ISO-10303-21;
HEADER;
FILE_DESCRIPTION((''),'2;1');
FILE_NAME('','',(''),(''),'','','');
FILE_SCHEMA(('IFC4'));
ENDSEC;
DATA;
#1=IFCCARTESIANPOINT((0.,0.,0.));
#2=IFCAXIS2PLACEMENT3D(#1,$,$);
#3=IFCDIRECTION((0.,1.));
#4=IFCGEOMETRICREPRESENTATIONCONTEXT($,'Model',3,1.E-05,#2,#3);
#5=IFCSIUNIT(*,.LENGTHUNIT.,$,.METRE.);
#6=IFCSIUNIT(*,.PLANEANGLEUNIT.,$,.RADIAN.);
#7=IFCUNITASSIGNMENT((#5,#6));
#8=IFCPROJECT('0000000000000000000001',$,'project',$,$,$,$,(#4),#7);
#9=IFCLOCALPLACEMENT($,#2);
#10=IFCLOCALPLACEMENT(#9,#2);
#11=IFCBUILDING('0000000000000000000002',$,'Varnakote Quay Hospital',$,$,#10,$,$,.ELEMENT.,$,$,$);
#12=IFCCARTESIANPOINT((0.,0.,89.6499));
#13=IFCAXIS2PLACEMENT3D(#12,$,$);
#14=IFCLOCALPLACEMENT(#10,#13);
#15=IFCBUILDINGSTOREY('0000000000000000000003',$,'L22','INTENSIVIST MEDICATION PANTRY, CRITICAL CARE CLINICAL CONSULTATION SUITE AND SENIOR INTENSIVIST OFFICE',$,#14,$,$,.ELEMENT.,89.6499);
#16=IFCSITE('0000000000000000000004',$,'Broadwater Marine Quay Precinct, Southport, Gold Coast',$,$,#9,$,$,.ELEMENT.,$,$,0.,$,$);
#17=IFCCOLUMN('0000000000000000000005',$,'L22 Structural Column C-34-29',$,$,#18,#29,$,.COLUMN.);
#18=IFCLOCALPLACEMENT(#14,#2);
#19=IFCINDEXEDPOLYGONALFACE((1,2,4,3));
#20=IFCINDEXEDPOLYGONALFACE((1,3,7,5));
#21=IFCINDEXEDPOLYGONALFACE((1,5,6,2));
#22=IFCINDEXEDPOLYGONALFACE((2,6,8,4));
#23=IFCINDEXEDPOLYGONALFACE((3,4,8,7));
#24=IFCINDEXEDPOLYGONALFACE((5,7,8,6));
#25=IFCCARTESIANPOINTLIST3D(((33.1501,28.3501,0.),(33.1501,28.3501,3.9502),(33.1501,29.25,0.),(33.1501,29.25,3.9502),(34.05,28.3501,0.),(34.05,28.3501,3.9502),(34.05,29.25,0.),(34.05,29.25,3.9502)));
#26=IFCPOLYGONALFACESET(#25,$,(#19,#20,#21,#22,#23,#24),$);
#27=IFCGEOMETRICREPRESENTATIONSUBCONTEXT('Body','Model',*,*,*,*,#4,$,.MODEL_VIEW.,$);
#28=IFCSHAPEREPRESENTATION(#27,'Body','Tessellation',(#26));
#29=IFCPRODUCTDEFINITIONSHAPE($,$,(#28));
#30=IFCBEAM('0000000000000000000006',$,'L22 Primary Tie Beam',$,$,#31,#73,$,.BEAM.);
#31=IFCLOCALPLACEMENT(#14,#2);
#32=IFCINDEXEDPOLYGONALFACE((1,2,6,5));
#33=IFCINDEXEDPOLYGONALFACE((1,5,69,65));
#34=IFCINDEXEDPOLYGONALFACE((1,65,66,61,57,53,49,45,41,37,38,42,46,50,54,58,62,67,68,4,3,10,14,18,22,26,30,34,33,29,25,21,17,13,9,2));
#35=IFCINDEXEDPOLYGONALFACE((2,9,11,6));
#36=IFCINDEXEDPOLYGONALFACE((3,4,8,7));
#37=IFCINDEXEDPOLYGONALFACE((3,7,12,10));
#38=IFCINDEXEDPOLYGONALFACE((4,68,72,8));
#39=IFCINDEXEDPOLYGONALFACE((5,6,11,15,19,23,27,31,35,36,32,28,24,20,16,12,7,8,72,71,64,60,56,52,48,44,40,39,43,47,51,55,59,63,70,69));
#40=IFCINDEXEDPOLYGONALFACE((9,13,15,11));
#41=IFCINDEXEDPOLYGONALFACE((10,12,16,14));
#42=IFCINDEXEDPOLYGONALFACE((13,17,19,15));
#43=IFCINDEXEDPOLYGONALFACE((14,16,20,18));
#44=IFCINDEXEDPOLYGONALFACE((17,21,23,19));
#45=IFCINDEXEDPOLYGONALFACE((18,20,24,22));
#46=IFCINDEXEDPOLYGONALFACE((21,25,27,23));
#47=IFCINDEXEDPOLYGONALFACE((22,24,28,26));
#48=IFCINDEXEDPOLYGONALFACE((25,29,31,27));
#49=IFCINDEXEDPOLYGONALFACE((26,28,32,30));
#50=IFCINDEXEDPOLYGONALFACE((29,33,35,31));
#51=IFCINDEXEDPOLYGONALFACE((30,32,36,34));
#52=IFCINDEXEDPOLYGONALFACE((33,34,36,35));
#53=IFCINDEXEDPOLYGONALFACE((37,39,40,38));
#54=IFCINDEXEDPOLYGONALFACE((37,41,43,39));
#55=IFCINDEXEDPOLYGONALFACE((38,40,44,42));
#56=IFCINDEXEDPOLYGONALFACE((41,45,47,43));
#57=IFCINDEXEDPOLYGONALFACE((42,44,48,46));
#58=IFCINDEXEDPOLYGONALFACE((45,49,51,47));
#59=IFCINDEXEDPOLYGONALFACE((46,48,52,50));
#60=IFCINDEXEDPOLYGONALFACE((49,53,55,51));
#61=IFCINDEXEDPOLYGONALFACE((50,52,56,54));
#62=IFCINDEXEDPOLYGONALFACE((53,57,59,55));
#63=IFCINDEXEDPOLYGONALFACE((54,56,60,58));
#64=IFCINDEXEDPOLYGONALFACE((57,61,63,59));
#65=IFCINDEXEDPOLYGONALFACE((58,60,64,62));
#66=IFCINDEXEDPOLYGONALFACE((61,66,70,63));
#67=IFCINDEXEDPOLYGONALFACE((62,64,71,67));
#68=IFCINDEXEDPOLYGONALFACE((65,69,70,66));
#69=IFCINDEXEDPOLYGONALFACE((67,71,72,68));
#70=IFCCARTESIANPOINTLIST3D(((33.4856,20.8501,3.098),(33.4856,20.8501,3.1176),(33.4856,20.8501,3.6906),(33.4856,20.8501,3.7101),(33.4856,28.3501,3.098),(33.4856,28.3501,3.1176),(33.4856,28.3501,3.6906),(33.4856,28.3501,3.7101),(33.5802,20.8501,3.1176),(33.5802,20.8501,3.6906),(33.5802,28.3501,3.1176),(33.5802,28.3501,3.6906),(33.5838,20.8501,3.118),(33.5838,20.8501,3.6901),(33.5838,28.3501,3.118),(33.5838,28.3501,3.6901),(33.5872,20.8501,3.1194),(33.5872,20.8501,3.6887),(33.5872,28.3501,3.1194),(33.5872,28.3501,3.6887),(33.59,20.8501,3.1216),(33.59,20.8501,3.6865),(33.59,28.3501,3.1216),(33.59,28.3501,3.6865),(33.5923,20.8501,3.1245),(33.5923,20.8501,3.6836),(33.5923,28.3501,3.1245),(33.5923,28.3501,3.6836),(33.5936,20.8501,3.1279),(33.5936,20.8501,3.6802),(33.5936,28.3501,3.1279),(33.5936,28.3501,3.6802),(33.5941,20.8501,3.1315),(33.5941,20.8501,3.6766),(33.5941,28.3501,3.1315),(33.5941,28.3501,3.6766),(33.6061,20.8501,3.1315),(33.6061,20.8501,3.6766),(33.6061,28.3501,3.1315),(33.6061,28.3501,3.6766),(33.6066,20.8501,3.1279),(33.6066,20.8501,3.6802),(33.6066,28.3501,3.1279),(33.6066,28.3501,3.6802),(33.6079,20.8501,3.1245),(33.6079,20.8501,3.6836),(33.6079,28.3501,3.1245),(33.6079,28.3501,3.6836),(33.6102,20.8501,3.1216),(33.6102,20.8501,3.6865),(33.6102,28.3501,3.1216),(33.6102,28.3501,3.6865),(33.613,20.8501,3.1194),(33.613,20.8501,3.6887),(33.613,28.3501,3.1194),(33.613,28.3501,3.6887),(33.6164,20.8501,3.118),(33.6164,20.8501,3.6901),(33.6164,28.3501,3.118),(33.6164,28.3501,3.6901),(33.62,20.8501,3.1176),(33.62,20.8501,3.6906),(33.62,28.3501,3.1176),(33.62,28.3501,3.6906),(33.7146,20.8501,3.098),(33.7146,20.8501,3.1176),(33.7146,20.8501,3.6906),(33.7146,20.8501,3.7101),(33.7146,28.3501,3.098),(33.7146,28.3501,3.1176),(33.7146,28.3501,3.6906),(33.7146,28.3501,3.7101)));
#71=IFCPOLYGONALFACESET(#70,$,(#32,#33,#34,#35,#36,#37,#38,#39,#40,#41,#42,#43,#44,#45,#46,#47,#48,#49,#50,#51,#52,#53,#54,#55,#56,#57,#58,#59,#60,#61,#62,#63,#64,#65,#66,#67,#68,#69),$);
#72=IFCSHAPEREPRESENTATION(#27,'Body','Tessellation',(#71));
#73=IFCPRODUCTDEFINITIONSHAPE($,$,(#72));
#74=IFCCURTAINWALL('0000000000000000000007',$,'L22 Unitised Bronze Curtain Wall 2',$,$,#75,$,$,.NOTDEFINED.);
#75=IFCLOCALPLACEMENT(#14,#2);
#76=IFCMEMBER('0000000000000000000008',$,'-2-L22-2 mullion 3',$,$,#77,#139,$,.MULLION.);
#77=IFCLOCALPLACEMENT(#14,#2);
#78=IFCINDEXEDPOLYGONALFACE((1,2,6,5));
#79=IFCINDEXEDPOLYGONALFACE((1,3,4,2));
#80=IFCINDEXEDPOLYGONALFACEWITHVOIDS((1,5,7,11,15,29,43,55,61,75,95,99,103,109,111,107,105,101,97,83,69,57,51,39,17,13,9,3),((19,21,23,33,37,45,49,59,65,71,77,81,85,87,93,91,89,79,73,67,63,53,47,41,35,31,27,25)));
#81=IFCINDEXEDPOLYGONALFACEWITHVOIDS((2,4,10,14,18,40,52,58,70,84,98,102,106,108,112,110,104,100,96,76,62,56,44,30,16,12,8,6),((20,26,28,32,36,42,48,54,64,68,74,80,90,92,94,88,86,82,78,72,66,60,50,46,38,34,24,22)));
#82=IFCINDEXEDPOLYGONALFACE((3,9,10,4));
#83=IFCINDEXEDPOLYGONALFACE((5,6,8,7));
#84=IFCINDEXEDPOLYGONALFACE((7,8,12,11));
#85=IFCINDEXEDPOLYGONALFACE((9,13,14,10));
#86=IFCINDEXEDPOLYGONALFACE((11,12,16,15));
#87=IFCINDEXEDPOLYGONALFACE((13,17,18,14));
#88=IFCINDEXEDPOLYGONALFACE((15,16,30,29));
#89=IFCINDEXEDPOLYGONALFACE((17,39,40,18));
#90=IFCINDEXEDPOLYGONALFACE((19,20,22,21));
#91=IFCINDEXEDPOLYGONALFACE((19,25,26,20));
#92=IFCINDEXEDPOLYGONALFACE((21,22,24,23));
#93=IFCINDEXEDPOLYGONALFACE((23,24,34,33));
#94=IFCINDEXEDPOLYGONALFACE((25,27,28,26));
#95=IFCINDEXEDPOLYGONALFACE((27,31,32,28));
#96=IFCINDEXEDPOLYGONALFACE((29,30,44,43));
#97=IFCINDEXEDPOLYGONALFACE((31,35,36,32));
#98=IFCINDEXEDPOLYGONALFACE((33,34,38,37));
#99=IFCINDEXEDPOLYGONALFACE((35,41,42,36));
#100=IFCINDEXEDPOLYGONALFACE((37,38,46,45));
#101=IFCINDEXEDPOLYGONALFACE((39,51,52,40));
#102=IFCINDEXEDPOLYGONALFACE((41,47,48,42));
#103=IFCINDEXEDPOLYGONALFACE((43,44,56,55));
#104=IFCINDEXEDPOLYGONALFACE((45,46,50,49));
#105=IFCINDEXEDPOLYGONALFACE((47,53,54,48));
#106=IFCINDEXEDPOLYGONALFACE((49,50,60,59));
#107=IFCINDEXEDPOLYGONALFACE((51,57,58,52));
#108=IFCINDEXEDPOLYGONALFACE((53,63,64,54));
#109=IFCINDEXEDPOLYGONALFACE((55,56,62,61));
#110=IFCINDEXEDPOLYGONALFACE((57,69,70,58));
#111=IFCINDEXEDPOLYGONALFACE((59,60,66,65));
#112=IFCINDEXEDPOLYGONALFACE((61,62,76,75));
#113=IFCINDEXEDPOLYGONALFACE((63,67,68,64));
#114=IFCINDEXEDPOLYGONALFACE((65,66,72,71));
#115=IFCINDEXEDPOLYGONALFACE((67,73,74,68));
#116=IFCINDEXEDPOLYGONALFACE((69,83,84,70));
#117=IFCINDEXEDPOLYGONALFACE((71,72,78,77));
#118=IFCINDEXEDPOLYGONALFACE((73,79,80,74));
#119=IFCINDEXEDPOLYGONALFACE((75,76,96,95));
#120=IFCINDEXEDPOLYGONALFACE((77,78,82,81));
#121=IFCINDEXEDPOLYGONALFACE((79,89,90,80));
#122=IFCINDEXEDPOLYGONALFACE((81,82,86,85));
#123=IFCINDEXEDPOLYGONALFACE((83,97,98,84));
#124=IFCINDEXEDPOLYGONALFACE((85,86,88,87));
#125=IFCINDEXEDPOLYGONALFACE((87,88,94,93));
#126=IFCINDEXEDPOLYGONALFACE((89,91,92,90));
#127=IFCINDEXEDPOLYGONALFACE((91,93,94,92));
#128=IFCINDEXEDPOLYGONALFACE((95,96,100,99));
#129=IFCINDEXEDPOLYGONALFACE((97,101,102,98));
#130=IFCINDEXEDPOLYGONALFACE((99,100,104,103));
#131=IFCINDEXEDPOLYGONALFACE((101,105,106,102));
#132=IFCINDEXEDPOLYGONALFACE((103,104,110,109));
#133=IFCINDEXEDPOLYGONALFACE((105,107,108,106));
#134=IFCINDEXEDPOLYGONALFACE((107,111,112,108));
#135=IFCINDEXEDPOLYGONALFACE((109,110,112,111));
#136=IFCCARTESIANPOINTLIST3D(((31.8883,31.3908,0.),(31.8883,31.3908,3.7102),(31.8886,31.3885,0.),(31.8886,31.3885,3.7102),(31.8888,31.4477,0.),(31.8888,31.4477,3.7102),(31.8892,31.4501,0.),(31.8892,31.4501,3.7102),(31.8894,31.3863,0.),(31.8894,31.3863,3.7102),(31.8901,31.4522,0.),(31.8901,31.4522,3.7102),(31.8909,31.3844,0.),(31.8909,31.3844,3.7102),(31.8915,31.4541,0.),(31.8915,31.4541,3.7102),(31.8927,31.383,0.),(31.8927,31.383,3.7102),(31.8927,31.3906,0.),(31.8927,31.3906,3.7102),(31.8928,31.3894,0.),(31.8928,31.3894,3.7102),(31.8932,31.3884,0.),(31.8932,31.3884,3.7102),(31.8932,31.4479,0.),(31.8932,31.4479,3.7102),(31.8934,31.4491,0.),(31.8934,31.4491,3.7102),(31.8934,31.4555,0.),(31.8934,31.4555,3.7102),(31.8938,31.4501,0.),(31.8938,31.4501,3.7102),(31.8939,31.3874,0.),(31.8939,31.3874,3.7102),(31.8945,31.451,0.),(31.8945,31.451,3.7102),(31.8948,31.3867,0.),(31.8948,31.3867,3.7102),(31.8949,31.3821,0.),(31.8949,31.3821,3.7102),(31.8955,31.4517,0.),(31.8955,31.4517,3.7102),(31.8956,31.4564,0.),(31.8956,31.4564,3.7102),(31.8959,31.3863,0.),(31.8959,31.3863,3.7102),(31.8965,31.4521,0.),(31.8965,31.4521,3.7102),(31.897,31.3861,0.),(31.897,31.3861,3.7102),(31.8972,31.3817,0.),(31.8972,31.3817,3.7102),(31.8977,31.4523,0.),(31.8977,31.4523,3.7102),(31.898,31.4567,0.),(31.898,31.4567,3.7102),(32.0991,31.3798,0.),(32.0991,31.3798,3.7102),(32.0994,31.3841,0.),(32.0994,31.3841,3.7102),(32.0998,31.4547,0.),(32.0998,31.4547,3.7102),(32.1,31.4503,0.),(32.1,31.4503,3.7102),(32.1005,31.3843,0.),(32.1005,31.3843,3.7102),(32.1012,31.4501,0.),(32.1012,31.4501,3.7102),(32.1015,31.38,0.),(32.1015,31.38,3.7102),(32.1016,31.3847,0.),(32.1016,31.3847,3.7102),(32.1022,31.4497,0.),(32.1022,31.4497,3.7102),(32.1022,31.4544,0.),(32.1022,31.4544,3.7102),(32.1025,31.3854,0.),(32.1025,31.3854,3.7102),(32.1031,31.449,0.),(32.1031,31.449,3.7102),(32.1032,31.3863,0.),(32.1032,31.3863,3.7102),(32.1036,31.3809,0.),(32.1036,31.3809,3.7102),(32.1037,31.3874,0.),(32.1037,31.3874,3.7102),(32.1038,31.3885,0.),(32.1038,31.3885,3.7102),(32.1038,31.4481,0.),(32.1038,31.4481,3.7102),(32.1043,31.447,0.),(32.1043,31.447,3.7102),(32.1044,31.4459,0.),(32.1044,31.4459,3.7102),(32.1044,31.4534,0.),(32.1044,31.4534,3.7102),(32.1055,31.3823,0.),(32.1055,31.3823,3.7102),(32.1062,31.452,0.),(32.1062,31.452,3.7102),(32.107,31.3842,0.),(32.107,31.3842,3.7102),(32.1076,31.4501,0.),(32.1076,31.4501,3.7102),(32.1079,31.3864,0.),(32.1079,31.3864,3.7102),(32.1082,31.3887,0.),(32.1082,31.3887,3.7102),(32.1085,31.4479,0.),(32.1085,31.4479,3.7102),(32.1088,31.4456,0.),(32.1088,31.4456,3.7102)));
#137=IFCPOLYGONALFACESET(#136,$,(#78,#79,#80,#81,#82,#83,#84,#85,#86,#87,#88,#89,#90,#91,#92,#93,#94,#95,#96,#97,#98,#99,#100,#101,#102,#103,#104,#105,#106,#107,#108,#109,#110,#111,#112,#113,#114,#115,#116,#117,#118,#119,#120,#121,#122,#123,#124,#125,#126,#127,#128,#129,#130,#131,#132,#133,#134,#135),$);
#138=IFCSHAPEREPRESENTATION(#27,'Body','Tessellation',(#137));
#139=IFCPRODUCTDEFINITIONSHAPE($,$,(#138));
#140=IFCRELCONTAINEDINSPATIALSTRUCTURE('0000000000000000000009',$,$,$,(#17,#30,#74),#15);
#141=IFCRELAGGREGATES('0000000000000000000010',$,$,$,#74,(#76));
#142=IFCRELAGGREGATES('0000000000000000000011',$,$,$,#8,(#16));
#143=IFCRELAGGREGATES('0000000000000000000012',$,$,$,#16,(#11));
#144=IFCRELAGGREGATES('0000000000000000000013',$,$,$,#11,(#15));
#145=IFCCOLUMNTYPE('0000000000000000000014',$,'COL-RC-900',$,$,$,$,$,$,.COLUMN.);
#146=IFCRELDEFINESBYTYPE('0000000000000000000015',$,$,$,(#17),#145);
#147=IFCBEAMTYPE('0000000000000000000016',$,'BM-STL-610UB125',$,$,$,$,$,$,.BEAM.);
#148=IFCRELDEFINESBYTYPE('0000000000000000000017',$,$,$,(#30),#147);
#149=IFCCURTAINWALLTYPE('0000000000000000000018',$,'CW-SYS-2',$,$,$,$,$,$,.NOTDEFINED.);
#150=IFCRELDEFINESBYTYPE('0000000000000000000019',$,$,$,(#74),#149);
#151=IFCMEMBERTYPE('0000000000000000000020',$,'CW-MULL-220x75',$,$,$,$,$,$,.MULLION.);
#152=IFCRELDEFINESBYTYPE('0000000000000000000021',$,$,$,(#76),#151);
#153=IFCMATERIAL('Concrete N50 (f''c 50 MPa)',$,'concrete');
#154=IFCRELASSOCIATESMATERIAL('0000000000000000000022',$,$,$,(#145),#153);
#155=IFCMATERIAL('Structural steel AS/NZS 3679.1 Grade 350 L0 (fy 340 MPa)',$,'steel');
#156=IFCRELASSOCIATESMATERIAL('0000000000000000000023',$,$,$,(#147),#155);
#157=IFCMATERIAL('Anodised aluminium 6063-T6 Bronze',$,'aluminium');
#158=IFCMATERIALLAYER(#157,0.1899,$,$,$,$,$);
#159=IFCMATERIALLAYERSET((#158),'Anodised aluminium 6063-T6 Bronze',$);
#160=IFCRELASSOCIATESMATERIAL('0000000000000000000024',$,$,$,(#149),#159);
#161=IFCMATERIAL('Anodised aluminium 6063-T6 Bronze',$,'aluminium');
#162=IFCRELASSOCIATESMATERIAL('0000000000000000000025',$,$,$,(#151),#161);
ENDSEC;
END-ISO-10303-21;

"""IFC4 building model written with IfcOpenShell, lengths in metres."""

from ifc_helpers import new_model, si_unit, direction, frame, origin, origin_2d, place, context, subcontext, project, spatial, rectangle, hollow_rectangle, i_section, extrude, material, layer, layer_set, material_profile, profile_set, type_object, element, aggregate, save


model = new_model("IFC4")

# Units and contexts
model_context = context("Model", 3, precision=1e-05, world=origin(), true_north=direction((0.0, 1.0)))
body_context = subcontext(model_context, "Body", "Model", "MODEL_VIEW")
ifc_project = project(units=[si_unit("LENGTHUNIT", "METRE"), si_unit("PLANEANGLEUNIT", "RADIAN")], contexts=[model_context])

# Site, building, storey
site_placement = place(None, origin())
site = spatial("IfcSite", under=ifc_project, at=site_placement, Name="Broadwater Marine Quay Precinct, Southport, Gold Coast", CompositionType="ELEMENT", RefElevation=0.0)
building_placement = place(site_placement, origin())
building = spatial("IfcBuilding", under=site, at=building_placement, Name="Varnakote Quay Hospital", CompositionType="ELEMENT")
storey_placement = place(building_placement, frame((0.0, 0.0, 89.6499)))
storey = spatial("IfcBuildingStorey", under=building, at=storey_placement, Name="L22", Description="INTENSIVIST MEDICATION PANTRY, CRITICAL CARE CLINICAL CONSULTATION SUITE AND SENIOR INTENSIVIST OFFICE", CompositionType="ELEMENT", Elevation=89.6499)

# Column
ifc_material_1 = material(Name="Concrete N50 (f'c 50 MPa)", Category="concrete")
ifc_material_profile_1 = material_profile(ifc_material_1, rectangle(XDim=0.8999, YDim=0.8999, at=origin_2d()), Name="RC-COL-900x900")
ifc_profile_set_1 = profile_set([ifc_material_profile_1], Name="Concrete N50 (f'c 50 MPa)")
column_type = type_object("IfcColumnType", Name="COL-RC-900", PredefinedType="COLUMN", material=ifc_profile_set_1)
column_placement = place(storey_placement, frame((33.6001, 28.8, 0.0), z_axis=(0.0, 0.0, 1.0), x_axis=(1.0, 0.0, 0.0)))
element("IfcColumn", 1, at=column_placement, inside=storey, type_object=column_type, Name="L22 Structural Column C-34-29", PredefinedType="COLUMN", context=body_context, shape_type="SweptSolid", body=[
    extrude(rectangle(XDim=0.8999, YDim=0.8999, at=origin_2d()), origin(), (0.0, 0.0, 1.0), 3.9502),
])

# Beam
ifc_material_2 = material(Name="Structural steel AS/NZS 3679.1 Grade 350 L0 (fy 340 MPa)", Category="steel")
ifc_material_profile_2 = material_profile(ifc_material_2, i_section(OverallWidth=0.229, OverallDepth=0.6121, WebThickness=0.012, FlangeThickness=0.0195, FilletRadius=0.0139, at=origin_2d()), Name="610UB125")
ifc_profile_set_2 = profile_set([ifc_material_profile_2], Name="Structural steel AS/NZS 3679.1 Grade 350 L0 (fy 340 MPa)")
beam_type_1 = type_object("IfcBeamType", Name="BM-STL-610UB125", PredefinedType="BEAM", material=ifc_profile_set_2)
beam_1_placement = place(storey_placement, frame((33.6001, 20.8501, 3.4041), z_axis=(0.0, 1.0, 0.0), x_axis=(-1.0, 0.0, 0.0)))
element("IfcBeam", 2, at=beam_1_placement, inside=storey, type_object=beam_type_1, Name="L22 Primary Tie Beam", PredefinedType="BEAM", context=body_context, shape_type="SweptSolid", body=[
    extrude(i_section(OverallWidth=0.229, OverallDepth=0.6121, WebThickness=0.012, FlangeThickness=0.0195, FilletRadius=0.0139, at=origin_2d()), origin(), (0.0, 0.0, 1.0), 7.5),
])

# Curtain wall, member
ifc_material_3 = material(Name="Anodised aluminium 6063-T6 Bronze", Category="aluminium")
ifc_layer_1 = layer(ifc_material_3, 0.1899)
ifc_layer_set_1 = layer_set([ifc_layer_1], Name="Anodised aluminium 6063-T6 Bronze")
curtain_wall_type = type_object("IfcCurtainWallType", Name="CW-SYS-2", PredefinedType="NOTDEFINED", material=ifc_layer_set_1)
curtain_wall_placement = place(storey_placement, origin())
curtain_wall = element("IfcCurtainWall", 3, at=curtain_wall_placement, inside=storey, type_object=curtain_wall_type, Name="L22 Unitised Bronze Curtain Wall 2", PredefinedType="NOTDEFINED")
ifc_material_4 = material(Name="Anodised aluminium 6063-T6 Bronze", Category="aluminium")
ifc_material_profile_3 = material_profile(ifc_material_4, hollow_rectangle(XDim=0.075, YDim=0.22, WallThickness=0.0044, InnerFilletRadius=0.0044, OuterFilletRadius=0.009, at=origin_2d()), Name="CW-MULL-220x75")
ifc_profile_set_3 = profile_set([ifc_material_profile_3], Name="Anodised aluminium 6063-T6 Bronze")
member_type_1 = type_object("IfcMemberType", Name="CW-MULL-220x75", PredefinedType="MULLION", material=ifc_profile_set_3)
member_1_placement = place(storey_placement, frame((31.9985, 31.4182, 0.0), z_axis=(0.0, 0.0, 1.0), x_axis=(-0.009774, -0.999952, 0.0)))
member_1 = element("IfcMember", 4, at=member_1_placement, type_object=member_type_1, Name="-2-L22-2 mullion 3", PredefinedType="MULLION", context=body_context, shape_type="SweptSolid", body=[
    extrude(hollow_rectangle(XDim=0.075, YDim=0.22, WallThickness=0.0044, InnerFilletRadius=0.0044, OuterFilletRadius=0.009, at=origin_2d()), origin(), (0.0, 0.0, 1.0), 3.7102),
])

aggregate(curtain_wall, [member_1])

save(model, "model.ifc")
